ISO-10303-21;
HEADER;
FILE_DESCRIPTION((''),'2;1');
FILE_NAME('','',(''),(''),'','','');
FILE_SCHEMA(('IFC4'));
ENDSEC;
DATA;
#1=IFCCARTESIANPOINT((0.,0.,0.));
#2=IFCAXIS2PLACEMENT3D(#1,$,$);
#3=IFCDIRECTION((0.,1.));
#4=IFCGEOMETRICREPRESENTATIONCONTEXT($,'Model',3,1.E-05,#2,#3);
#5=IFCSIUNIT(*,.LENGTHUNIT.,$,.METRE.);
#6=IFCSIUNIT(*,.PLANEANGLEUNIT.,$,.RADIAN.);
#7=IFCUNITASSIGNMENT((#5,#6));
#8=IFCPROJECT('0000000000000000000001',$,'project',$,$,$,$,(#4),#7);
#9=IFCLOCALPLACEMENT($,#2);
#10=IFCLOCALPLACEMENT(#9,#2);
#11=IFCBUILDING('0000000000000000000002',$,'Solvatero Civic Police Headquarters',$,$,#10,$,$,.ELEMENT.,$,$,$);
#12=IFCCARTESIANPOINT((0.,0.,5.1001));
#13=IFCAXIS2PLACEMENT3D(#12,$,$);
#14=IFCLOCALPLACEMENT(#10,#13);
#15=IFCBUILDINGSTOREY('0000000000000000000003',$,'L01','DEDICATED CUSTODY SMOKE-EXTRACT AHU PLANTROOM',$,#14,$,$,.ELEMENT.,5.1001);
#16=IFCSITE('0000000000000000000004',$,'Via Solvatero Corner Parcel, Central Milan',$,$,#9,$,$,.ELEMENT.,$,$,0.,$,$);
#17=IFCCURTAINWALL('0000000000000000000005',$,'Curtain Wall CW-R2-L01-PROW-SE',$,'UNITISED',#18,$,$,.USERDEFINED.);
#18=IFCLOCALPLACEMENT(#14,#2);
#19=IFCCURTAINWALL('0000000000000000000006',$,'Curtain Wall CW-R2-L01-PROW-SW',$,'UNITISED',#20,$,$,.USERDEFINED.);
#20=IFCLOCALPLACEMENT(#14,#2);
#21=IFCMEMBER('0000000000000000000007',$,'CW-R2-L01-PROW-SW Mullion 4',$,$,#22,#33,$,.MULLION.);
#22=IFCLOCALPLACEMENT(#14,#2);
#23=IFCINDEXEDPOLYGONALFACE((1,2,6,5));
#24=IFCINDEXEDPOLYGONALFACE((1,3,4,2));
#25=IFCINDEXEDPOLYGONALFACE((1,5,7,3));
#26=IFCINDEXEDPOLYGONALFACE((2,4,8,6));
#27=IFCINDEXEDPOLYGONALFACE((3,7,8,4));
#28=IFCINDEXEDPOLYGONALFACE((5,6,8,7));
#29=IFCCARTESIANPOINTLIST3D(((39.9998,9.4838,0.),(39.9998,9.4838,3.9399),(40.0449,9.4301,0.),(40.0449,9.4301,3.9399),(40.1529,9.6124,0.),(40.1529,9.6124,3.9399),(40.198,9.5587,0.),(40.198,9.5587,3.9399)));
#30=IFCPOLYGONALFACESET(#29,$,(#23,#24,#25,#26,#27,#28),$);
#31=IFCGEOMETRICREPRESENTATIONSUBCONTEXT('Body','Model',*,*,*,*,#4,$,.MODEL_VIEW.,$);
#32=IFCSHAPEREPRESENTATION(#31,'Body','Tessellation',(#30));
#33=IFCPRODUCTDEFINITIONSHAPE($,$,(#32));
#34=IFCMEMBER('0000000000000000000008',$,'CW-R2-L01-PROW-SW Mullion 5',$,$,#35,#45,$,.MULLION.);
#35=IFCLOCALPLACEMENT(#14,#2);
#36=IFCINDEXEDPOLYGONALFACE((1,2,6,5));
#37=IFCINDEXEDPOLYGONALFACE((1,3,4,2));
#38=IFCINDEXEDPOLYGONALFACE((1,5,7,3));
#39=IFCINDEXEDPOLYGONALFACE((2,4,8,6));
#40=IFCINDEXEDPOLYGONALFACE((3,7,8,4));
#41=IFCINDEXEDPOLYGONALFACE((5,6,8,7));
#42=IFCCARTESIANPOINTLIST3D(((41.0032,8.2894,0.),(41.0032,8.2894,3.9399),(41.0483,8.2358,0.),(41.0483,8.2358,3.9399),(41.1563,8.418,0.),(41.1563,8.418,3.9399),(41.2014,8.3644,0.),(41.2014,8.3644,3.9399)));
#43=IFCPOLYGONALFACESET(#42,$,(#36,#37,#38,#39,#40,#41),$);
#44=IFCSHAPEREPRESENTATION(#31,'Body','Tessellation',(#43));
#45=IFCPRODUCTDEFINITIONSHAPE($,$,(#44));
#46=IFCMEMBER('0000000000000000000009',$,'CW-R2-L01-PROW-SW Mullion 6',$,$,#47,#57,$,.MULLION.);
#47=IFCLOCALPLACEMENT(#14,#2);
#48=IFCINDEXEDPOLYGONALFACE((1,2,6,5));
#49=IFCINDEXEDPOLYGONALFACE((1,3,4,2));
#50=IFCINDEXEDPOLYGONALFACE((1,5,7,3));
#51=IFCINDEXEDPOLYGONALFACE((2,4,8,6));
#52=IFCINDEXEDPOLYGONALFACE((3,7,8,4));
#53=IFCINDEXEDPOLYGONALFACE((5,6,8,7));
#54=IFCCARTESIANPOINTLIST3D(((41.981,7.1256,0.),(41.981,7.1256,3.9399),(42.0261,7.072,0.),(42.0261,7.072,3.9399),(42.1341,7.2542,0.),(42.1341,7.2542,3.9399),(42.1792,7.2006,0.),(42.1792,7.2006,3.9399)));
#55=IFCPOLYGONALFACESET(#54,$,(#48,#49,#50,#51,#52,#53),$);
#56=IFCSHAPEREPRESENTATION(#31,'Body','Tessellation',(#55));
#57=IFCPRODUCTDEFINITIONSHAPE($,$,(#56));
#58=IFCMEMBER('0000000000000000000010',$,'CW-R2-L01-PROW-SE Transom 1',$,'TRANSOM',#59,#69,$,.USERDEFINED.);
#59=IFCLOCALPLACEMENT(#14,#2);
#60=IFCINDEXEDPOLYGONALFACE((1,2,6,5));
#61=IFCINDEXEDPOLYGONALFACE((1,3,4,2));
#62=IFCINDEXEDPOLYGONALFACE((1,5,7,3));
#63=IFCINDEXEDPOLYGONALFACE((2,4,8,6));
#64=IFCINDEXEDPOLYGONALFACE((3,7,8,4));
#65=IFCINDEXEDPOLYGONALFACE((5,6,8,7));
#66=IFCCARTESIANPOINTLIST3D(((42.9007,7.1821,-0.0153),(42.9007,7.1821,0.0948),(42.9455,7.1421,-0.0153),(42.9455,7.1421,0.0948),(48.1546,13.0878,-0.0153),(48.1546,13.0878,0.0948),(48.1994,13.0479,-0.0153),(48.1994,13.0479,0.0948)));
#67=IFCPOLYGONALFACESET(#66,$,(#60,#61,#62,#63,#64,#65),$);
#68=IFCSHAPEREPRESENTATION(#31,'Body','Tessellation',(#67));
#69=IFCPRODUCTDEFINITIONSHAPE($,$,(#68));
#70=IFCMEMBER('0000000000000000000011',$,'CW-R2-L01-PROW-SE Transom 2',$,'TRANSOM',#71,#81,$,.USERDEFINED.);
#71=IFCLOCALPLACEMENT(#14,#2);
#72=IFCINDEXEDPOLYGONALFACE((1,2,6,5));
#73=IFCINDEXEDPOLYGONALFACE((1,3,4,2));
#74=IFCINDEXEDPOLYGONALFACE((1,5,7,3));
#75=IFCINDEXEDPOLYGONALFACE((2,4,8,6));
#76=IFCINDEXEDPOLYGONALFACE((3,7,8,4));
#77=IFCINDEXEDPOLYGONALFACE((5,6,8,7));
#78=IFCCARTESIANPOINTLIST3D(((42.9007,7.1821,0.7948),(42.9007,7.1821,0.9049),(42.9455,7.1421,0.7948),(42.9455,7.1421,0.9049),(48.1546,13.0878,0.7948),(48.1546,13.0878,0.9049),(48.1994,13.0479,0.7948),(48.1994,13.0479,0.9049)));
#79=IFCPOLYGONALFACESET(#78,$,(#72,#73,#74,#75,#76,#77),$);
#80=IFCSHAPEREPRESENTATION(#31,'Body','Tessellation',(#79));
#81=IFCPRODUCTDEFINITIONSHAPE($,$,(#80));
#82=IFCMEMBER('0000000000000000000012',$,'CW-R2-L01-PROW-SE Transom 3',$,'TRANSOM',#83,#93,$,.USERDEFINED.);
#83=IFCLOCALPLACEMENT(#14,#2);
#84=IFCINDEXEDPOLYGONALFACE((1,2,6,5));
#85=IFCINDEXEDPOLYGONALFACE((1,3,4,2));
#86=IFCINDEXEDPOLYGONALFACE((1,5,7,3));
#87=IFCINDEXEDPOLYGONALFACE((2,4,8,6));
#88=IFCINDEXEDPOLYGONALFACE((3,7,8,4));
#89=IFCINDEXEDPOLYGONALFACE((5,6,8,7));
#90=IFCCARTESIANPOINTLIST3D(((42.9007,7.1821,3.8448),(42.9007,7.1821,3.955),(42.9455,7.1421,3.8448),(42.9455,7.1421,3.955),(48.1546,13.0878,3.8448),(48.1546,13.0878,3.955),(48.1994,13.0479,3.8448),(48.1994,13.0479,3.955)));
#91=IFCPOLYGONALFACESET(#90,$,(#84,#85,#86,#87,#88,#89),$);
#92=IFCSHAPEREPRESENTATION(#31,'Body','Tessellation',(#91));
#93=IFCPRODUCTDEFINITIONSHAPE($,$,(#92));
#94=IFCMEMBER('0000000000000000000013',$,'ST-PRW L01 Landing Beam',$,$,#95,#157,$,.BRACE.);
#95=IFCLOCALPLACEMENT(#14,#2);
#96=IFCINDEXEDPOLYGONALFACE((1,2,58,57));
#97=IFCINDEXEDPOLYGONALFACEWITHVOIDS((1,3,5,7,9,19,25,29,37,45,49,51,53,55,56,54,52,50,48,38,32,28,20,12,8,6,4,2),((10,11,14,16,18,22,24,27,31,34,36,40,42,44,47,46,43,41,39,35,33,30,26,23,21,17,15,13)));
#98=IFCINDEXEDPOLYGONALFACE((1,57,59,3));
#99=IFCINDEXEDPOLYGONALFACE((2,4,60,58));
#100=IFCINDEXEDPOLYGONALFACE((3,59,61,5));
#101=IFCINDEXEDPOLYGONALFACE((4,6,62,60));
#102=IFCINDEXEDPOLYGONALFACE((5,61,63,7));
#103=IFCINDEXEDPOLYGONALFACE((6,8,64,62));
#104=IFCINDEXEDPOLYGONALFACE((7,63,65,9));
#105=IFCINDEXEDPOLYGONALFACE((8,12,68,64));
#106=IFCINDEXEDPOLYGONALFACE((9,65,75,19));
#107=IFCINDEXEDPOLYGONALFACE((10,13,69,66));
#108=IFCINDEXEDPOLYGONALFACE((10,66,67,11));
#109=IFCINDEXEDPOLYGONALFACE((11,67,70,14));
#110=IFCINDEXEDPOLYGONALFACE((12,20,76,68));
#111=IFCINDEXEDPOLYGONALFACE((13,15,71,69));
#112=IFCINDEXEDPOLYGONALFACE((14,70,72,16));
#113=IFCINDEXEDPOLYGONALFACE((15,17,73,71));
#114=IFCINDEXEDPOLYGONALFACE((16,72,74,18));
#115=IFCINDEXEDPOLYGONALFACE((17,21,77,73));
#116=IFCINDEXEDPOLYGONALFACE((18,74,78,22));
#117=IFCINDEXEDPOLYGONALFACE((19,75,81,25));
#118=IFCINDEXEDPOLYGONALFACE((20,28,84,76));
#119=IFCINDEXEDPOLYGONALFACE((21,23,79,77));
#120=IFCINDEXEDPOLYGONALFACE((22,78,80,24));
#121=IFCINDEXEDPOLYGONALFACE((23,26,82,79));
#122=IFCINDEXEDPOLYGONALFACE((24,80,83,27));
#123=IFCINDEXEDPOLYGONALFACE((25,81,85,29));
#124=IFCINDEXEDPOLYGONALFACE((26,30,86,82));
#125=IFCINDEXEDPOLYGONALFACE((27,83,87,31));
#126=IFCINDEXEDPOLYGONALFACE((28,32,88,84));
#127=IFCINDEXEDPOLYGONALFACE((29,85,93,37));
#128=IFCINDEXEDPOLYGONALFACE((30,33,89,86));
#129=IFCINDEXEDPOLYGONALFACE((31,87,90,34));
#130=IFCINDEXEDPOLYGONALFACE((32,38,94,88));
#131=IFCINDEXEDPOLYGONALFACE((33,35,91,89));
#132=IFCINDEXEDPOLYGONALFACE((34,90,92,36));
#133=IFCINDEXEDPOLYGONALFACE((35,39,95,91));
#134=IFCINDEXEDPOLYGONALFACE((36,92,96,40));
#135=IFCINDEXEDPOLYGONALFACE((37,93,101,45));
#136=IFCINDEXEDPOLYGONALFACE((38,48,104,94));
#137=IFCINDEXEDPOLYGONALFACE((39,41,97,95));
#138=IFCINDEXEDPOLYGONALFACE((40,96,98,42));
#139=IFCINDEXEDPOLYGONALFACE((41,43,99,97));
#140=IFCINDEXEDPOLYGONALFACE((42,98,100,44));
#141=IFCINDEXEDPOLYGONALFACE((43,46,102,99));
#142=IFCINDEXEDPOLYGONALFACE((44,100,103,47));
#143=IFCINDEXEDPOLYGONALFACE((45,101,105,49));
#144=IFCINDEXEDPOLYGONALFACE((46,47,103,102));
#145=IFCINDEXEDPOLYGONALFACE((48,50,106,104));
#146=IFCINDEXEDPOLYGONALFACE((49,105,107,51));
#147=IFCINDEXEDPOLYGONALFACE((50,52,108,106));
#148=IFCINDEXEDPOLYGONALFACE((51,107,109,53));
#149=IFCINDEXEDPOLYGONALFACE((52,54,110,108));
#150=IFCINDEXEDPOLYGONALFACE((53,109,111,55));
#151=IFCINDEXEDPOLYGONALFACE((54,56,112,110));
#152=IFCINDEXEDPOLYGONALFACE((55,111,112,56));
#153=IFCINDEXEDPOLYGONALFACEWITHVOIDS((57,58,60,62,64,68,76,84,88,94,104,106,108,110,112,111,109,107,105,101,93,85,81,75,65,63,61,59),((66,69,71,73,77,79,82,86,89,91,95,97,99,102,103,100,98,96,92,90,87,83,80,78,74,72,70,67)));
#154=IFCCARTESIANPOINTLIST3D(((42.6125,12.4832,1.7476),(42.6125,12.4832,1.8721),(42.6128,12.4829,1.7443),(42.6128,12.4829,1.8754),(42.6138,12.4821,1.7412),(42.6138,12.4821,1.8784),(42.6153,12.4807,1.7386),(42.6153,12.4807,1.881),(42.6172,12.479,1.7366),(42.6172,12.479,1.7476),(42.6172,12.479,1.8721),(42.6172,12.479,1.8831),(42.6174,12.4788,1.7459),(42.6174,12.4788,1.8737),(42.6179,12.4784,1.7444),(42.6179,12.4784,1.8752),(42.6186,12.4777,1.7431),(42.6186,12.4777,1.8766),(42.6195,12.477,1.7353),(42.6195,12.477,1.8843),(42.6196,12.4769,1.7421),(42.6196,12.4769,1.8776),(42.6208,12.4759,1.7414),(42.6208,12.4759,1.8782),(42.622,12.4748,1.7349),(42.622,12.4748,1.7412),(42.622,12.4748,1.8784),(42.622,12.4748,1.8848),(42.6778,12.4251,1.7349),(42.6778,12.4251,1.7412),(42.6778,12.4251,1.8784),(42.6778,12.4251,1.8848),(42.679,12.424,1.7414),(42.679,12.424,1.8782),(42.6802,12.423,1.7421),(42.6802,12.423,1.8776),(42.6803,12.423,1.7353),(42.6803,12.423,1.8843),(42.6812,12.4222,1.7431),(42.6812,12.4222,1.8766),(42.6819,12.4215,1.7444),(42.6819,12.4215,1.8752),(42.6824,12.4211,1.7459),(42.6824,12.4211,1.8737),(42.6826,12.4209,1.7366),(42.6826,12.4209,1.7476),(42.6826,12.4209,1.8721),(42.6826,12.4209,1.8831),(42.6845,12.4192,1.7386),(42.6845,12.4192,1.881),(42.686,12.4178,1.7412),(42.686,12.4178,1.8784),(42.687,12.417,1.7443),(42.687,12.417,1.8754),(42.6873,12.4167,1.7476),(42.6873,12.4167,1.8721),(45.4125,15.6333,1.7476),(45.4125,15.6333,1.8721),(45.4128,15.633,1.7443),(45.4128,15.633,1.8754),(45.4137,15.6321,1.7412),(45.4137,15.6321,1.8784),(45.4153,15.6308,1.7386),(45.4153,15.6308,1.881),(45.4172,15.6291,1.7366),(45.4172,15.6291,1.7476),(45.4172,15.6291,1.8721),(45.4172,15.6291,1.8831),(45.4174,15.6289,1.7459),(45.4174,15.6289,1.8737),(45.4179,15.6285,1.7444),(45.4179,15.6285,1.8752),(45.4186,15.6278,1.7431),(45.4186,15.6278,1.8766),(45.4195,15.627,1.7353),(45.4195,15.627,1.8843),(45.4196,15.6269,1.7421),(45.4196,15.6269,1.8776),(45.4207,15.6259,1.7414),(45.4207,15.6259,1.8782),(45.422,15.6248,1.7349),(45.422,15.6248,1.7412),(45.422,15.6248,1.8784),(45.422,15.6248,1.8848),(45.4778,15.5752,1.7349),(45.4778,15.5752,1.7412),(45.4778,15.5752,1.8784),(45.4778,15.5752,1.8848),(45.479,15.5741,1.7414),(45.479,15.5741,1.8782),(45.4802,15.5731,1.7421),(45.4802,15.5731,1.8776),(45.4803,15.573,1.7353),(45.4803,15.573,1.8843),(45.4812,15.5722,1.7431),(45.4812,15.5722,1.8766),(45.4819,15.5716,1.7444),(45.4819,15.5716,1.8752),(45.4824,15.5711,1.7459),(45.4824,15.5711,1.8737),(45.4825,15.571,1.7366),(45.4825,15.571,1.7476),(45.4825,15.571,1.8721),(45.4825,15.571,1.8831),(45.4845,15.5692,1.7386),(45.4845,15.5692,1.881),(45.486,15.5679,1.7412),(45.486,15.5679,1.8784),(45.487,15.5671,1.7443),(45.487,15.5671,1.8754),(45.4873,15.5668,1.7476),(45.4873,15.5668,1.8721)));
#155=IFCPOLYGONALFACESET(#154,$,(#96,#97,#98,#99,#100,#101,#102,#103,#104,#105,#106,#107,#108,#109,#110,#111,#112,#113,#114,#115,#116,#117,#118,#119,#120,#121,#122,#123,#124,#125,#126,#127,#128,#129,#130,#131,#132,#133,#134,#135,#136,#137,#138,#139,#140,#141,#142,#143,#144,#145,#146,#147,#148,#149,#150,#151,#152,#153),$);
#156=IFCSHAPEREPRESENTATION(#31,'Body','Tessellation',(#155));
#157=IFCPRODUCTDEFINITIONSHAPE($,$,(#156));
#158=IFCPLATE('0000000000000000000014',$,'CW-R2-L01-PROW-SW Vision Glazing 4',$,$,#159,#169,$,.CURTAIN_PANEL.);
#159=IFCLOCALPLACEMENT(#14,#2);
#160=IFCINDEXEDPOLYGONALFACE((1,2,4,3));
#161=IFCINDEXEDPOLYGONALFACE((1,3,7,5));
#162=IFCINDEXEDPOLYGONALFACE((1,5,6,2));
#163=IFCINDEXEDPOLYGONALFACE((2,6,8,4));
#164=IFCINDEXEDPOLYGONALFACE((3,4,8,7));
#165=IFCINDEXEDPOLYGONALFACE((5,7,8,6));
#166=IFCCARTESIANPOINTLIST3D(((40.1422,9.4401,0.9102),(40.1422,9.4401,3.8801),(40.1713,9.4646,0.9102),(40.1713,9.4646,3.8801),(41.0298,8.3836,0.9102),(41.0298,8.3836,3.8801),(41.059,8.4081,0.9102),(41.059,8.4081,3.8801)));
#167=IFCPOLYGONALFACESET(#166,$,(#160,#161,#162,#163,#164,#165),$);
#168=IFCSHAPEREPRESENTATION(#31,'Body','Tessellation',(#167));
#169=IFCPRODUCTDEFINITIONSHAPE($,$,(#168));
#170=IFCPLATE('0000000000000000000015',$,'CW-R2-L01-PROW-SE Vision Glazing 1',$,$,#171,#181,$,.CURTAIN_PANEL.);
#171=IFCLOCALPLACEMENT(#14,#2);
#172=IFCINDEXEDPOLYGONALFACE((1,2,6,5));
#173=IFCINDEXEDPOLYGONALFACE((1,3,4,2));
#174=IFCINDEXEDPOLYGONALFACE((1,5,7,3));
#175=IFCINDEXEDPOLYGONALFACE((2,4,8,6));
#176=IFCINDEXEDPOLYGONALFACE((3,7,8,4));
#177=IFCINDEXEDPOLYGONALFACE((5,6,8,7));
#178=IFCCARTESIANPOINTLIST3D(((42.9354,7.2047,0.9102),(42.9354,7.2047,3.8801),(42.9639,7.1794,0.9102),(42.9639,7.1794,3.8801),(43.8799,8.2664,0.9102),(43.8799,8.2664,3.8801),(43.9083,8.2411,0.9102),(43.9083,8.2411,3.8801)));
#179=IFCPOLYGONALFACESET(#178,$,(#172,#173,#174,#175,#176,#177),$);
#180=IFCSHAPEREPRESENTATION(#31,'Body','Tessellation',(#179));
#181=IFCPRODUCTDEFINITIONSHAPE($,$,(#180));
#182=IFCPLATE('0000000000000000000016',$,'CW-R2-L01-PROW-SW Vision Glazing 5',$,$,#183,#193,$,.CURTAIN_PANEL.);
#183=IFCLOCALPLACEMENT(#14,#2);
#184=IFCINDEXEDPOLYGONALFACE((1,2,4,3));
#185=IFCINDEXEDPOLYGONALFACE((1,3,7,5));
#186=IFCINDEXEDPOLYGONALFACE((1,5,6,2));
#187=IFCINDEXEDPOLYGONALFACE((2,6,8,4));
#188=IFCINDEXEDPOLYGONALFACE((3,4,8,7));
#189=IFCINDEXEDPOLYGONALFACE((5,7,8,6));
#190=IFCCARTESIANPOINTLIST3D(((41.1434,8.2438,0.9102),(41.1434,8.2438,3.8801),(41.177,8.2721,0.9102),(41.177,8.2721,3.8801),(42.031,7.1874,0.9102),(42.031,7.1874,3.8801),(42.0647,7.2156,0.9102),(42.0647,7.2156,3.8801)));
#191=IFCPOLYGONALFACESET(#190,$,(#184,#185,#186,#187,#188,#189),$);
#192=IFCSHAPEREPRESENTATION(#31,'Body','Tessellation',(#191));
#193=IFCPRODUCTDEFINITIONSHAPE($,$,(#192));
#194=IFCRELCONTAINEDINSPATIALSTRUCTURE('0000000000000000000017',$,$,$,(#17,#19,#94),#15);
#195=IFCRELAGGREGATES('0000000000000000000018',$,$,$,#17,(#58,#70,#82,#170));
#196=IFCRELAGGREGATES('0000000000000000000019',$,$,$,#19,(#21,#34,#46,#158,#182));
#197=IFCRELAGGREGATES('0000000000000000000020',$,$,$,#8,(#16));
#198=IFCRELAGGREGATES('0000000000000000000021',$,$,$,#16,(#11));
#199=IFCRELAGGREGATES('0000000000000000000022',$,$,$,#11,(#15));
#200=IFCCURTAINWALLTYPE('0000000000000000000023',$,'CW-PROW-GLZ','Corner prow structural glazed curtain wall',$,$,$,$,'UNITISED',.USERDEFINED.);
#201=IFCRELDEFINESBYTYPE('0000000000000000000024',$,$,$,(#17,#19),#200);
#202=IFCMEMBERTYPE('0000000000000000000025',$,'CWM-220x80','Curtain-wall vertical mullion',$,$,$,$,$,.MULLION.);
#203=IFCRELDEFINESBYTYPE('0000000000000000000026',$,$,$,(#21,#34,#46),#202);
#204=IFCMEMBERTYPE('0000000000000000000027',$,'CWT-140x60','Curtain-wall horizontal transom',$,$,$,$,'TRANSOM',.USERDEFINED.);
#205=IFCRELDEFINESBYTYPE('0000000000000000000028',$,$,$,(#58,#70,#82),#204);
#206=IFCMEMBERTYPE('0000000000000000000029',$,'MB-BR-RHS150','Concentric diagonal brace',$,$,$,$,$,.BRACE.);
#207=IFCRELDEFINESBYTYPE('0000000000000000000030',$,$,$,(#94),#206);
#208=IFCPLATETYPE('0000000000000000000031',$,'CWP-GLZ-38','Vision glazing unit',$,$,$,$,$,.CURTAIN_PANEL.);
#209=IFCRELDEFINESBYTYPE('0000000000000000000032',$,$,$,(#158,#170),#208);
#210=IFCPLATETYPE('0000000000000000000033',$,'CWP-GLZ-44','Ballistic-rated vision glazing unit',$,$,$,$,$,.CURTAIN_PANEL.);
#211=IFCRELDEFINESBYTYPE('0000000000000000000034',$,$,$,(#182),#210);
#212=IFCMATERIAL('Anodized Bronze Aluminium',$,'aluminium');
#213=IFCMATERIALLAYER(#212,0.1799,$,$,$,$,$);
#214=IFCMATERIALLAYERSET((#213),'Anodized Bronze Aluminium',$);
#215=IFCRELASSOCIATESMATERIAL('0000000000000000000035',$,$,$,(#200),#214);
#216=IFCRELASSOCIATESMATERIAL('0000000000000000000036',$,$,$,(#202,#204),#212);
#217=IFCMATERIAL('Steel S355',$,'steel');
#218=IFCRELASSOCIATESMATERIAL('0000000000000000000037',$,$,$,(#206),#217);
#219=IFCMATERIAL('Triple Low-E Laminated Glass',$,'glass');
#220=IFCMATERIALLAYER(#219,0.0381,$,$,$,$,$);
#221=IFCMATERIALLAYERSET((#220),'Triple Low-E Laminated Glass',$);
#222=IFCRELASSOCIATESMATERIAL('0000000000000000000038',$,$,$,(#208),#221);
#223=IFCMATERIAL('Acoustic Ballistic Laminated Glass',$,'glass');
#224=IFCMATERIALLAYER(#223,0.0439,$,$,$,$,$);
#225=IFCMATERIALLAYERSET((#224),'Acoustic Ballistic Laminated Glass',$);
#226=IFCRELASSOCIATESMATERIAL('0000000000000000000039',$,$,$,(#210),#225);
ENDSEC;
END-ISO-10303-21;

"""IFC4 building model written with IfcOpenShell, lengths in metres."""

from ifc_helpers import new_model, si_unit, direction, frame, origin, origin_2d, place, context, subcontext, project, spatial, rectangle, hollow_rectangle, extrude, material, layer, layer_set, material_profile, profile_set, type_object, element, aggregate, save


model = new_model("IFC4")

# Units and contexts
model_context = context("Model", 3, precision=1e-05, world=origin(), true_north=direction((0.0, 1.0)))
body_context = subcontext(model_context, "Body", "Model", "MODEL_VIEW")
ifc_project = project(units=[si_unit("LENGTHUNIT", "METRE"), si_unit("PLANEANGLEUNIT", "RADIAN")], contexts=[model_context])

# Site, building, storey
site_placement = place(None, origin())
site = spatial("IfcSite", under=ifc_project, at=site_placement, Name="Via Solvatero Corner Parcel, Central Milan", CompositionType="ELEMENT", RefElevation=0.0)
building_placement = place(site_placement, origin())
building = spatial("IfcBuilding", under=site, at=building_placement, Name="Solvatero Civic Police Headquarters", CompositionType="ELEMENT")
storey_placement = place(building_placement, frame((0.0, 0.0, 5.1001)))
storey = spatial("IfcBuildingStorey", under=building, at=storey_placement, Name="L01", Description="DEDICATED CUSTODY SMOKE-EXTRACT AHU PLANTROOM", CompositionType="ELEMENT", Elevation=5.1001)

# Shared definitions
ifc_material_1 = material(Name="Steel S355", Category="steel")

# Curtain walls, members
ifc_material_2 = material(Name="Anodized Bronze Aluminium", Category="aluminium")
ifc_layer_1 = layer(ifc_material_2, 0.1799)
ifc_layer_set_1 = layer_set([ifc_layer_1], Name="Anodized Bronze Aluminium")
curtain_wall_type = type_object("IfcCurtainWallType", Name="CW-PROW-GLZ", Description="Corner prow structural glazed curtain wall", ElementType="UNITISED", PredefinedType="USERDEFINED", material=ifc_layer_set_1)
curtain_wall_1_placement = place(storey_placement, origin())
curtain_wall_1 = element("IfcCurtainWall", 1, at=curtain_wall_1_placement, inside=storey, type_object=curtain_wall_type, Name="Curtain Wall CW-R2-L01-PROW-SE", ObjectType="UNITISED", PredefinedType="USERDEFINED")
curtain_wall_2_placement = place(storey_placement, origin())
curtain_wall_2 = element("IfcCurtainWall", 2, at=curtain_wall_2_placement, inside=storey, type_object=curtain_wall_type, Name="Curtain Wall CW-R2-L01-PROW-SW", ObjectType="UNITISED", PredefinedType="USERDEFINED")
ifc_material_profile_1 = material_profile(ifc_material_2, rectangle(XDim=0.0701, YDim=0.2, at=origin_2d()), Name="ALU MULLION 70x200")
ifc_profile_set_1 = profile_set([ifc_material_profile_1], Name="Anodized Bronze Aluminium")
member_type_1 = type_object("IfcMemberType", Name="CWM-220x80", Description="Curtain-wall vertical mullion", PredefinedType="MULLION", material=ifc_profile_set_1)
member_1_placement = place(storey_placement, frame((40.0989, 9.5212, 0.0), z_axis=(0.0, 0.0, 1.0), x_axis=(0.643282, -0.765629, 0.0)))
member_1 = element("IfcMember", 3, at=member_1_placement, type_object=member_type_1, Name="CW-R2-L01-PROW-SW Mullion 4", PredefinedType="MULLION", context=body_context, shape_type="SweptSolid", body=[
    extrude(rectangle(XDim=0.0701, YDim=0.2, at=origin_2d()), origin(), (0.0, 0.0, 1.0), 3.9399),
])
member_2_placement = place(storey_placement, frame((41.1023, 8.3269, 0.0), z_axis=(0.0, 0.0, 1.0), x_axis=(0.643282, -0.765629, 0.0)))
member_2 = element("IfcMember", 4, at=member_2_placement, type_object=member_type_1, Name="CW-R2-L01-PROW-SW Mullion 5", PredefinedType="MULLION", context=body_context, shape_type="SweptSolid", body=[
    extrude(rectangle(XDim=0.0701, YDim=0.2, at=origin_2d()), origin(), (0.0, 0.0, 1.0), 3.9399),
])
member_3_placement = place(storey_placement, frame((42.0801, 7.1631, 0.0), z_axis=(0.0, 0.0, 1.0), x_axis=(0.643282, -0.765629, 0.0)))
member_3 = element("IfcMember", 5, at=member_3_placement, type_object=member_type_1, Name="CW-R2-L01-PROW-SW Mullion 6", PredefinedType="MULLION", context=body_context, shape_type="SweptSolid", body=[
    extrude(rectangle(XDim=0.0701, YDim=0.2, at=origin_2d()), origin(), (0.0, 0.0, 1.0), 3.9399),
])

# Members
ifc_material_profile_2 = material_profile(ifc_material_2, rectangle(XDim=0.0601, YDim=0.1101, at=origin_2d()), Name="ALU TRANSOM 60x110")
ifc_profile_set_2 = profile_set([ifc_material_profile_2], Name="Anodized Bronze Aluminium")
member_type_2 = type_object("IfcMemberType", Name="CWT-140x60", Description="Curtain-wall horizontal transom", ElementType="TRANSOM", PredefinedType="USERDEFINED", material=ifc_profile_set_2)
member_4_placement = place(storey_placement, frame((42.9231, 7.1621, 0.0398), z_axis=(0.664671, 0.747137, 0.0), x_axis=(-0.747137, 0.664671, 0.0)))
member_4 = element("IfcMember", 6, at=member_4_placement, type_object=member_type_2, Name="CW-R2-L01-PROW-SE Transom 1", ObjectType="TRANSOM", PredefinedType="USERDEFINED", context=body_context, shape_type="SweptSolid", body=[
    extrude(rectangle(XDim=0.0601, YDim=0.1101, at=origin_2d()), origin(), (0.0, 0.0, 1.0), 7.9045),
])
member_5_placement = place(storey_placement, frame((42.9231, 7.1621, 0.8499), z_axis=(0.664671, 0.747137, 0.0), x_axis=(-0.747137, 0.664671, 0.0)))
member_5 = element("IfcMember", 7, at=member_5_placement, type_object=member_type_2, Name="CW-R2-L01-PROW-SE Transom 2", ObjectType="TRANSOM", PredefinedType="USERDEFINED", context=body_context, shape_type="SweptSolid", body=[
    extrude(rectangle(XDim=0.0601, YDim=0.1101, at=origin_2d()), origin(), (0.0, 0.0, 1.0), 7.9045),
])
member_6_placement = place(storey_placement, frame((42.9231, 7.1621, 3.8999), z_axis=(0.664671, 0.747137, 0.0), x_axis=(-0.747137, 0.664671, 0.0)))
member_6 = element("IfcMember", 8, at=member_6_placement, type_object=member_type_2, Name="CW-R2-L01-PROW-SE Transom 3", ObjectType="TRANSOM", PredefinedType="USERDEFINED", context=body_context, shape_type="SweptSolid", body=[
    extrude(rectangle(XDim=0.0601, YDim=0.1101, at=origin_2d()), origin(), (0.0, 0.0, 1.0), 7.9045),
])
ifc_material_profile_3 = material_profile(ifc_material_1, hollow_rectangle(XDim=0.1001, YDim=0.1499, WallThickness=0.0063, InnerFilletRadius=0.0063, OuterFilletRadius=0.0127, at=origin_2d()), Name="RHS 150x100x6.3")
ifc_profile_set_3 = profile_set([ifc_material_profile_3], Name="Steel S355")
member_type_3 = type_object("IfcMemberType", Name="MB-BR-RHS150", Description="Concentric diagonal brace", PredefinedType="BRACE", material=ifc_profile_set_3)
member_7_placement = place(storey_placement, frame((42.6499, 12.45, 1.8098), z_axis=(0.664353, 0.747419, 0.0), x_axis=(-0.747419, 0.664353, 0.0)))
element("IfcMember", 9, at=member_7_placement, inside=storey, type_object=member_type_3, Name="ST-PRW L01 Landing Beam", PredefinedType="BRACE", context=body_context, shape_type="SweptSolid", body=[
    extrude(hollow_rectangle(XDim=0.1001, YDim=0.1499, WallThickness=0.0063, InnerFilletRadius=0.0063, OuterFilletRadius=0.0127, at=origin_2d()), origin(), (0.0, 0.0, 1.0), 4.2146),
])

# Plates
ifc_material_3 = material(Name="Triple Low-E Laminated Glass", Category="glass")
ifc_layer_2 = layer(ifc_material_3, 0.0381)
ifc_layer_set_2 = layer_set([ifc_layer_2], Name="Triple Low-E Laminated Glass")
plate_type_1 = type_object("IfcPlateType", Name="CWP-GLZ-38", Description="Vision glazing unit", PredefinedType="CURTAIN_PANEL", material=ifc_layer_set_2)
plate_1_placement = place(storey_placement, frame((40.6006, 8.9241, 0.9102), z_axis=(0.0, 0.0, 1.0), x_axis=(0.643282, -0.765629, 0.0)))
plate_1 = element("IfcPlate", 10, at=plate_1_placement, type_object=plate_type_1, Name="CW-R2-L01-PROW-SW Vision Glazing 4", PredefinedType="CURTAIN_PANEL", context=body_context, shape_type="SweptSolid", body=[
    extrude(rectangle(XDim=1.3799, YDim=0.0381, at=origin_2d()), origin(), (0.0, 0.0, 1.0), 2.97),
])
plate_2_placement = place(storey_placement, frame((43.4219, 7.7229, 0.9102), z_axis=(0.0, 0.0, 1.0), x_axis=(0.664657, 0.747149, 0.0)))
plate_2 = element("IfcPlate", 11, at=plate_2_placement, type_object=plate_type_1, Name="CW-R2-L01-PROW-SE Vision Glazing 1", PredefinedType="CURTAIN_PANEL", context=body_context, shape_type="SweptSolid", body=[
    extrude(rectangle(XDim=1.4209, YDim=0.0381, at=origin_2d()), origin(), (0.0, 0.0, 1.0), 2.97),
])
ifc_material_4 = material(Name="Acoustic Ballistic Laminated Glass", Category="glass")
ifc_layer_3 = layer(ifc_material_4, 0.0439)
ifc_layer_set_3 = layer_set([ifc_layer_3], Name="Acoustic Ballistic Laminated Glass")
plate_type_2 = type_object("IfcPlateType", Name="CWP-GLZ-44", Description="Ballistic-rated vision glazing unit", PredefinedType="CURTAIN_PANEL", material=ifc_layer_set_3)
plate_3_placement = place(storey_placement, frame((41.604, 7.7297, 0.9102), z_axis=(0.0, 0.0, 1.0), x_axis=(0.643282, -0.765629, 0.0)))
plate_3 = element("IfcPlate", 12, at=plate_3_placement, type_object=plate_type_2, Name="CW-R2-L01-PROW-SW Vision Glazing 5", PredefinedType="CURTAIN_PANEL", context=body_context, shape_type="SweptSolid", body=[
    extrude(rectangle(XDim=1.3799, YDim=0.0439, at=origin_2d()), origin(), (0.0, 0.0, 1.0), 2.97),
])
aggregate(curtain_wall_1, [member_4, member_5, member_6, plate_2])
aggregate(curtain_wall_2, [member_1, member_2, member_3, plate_1, plate_3])

save(model, "model.ifc")
